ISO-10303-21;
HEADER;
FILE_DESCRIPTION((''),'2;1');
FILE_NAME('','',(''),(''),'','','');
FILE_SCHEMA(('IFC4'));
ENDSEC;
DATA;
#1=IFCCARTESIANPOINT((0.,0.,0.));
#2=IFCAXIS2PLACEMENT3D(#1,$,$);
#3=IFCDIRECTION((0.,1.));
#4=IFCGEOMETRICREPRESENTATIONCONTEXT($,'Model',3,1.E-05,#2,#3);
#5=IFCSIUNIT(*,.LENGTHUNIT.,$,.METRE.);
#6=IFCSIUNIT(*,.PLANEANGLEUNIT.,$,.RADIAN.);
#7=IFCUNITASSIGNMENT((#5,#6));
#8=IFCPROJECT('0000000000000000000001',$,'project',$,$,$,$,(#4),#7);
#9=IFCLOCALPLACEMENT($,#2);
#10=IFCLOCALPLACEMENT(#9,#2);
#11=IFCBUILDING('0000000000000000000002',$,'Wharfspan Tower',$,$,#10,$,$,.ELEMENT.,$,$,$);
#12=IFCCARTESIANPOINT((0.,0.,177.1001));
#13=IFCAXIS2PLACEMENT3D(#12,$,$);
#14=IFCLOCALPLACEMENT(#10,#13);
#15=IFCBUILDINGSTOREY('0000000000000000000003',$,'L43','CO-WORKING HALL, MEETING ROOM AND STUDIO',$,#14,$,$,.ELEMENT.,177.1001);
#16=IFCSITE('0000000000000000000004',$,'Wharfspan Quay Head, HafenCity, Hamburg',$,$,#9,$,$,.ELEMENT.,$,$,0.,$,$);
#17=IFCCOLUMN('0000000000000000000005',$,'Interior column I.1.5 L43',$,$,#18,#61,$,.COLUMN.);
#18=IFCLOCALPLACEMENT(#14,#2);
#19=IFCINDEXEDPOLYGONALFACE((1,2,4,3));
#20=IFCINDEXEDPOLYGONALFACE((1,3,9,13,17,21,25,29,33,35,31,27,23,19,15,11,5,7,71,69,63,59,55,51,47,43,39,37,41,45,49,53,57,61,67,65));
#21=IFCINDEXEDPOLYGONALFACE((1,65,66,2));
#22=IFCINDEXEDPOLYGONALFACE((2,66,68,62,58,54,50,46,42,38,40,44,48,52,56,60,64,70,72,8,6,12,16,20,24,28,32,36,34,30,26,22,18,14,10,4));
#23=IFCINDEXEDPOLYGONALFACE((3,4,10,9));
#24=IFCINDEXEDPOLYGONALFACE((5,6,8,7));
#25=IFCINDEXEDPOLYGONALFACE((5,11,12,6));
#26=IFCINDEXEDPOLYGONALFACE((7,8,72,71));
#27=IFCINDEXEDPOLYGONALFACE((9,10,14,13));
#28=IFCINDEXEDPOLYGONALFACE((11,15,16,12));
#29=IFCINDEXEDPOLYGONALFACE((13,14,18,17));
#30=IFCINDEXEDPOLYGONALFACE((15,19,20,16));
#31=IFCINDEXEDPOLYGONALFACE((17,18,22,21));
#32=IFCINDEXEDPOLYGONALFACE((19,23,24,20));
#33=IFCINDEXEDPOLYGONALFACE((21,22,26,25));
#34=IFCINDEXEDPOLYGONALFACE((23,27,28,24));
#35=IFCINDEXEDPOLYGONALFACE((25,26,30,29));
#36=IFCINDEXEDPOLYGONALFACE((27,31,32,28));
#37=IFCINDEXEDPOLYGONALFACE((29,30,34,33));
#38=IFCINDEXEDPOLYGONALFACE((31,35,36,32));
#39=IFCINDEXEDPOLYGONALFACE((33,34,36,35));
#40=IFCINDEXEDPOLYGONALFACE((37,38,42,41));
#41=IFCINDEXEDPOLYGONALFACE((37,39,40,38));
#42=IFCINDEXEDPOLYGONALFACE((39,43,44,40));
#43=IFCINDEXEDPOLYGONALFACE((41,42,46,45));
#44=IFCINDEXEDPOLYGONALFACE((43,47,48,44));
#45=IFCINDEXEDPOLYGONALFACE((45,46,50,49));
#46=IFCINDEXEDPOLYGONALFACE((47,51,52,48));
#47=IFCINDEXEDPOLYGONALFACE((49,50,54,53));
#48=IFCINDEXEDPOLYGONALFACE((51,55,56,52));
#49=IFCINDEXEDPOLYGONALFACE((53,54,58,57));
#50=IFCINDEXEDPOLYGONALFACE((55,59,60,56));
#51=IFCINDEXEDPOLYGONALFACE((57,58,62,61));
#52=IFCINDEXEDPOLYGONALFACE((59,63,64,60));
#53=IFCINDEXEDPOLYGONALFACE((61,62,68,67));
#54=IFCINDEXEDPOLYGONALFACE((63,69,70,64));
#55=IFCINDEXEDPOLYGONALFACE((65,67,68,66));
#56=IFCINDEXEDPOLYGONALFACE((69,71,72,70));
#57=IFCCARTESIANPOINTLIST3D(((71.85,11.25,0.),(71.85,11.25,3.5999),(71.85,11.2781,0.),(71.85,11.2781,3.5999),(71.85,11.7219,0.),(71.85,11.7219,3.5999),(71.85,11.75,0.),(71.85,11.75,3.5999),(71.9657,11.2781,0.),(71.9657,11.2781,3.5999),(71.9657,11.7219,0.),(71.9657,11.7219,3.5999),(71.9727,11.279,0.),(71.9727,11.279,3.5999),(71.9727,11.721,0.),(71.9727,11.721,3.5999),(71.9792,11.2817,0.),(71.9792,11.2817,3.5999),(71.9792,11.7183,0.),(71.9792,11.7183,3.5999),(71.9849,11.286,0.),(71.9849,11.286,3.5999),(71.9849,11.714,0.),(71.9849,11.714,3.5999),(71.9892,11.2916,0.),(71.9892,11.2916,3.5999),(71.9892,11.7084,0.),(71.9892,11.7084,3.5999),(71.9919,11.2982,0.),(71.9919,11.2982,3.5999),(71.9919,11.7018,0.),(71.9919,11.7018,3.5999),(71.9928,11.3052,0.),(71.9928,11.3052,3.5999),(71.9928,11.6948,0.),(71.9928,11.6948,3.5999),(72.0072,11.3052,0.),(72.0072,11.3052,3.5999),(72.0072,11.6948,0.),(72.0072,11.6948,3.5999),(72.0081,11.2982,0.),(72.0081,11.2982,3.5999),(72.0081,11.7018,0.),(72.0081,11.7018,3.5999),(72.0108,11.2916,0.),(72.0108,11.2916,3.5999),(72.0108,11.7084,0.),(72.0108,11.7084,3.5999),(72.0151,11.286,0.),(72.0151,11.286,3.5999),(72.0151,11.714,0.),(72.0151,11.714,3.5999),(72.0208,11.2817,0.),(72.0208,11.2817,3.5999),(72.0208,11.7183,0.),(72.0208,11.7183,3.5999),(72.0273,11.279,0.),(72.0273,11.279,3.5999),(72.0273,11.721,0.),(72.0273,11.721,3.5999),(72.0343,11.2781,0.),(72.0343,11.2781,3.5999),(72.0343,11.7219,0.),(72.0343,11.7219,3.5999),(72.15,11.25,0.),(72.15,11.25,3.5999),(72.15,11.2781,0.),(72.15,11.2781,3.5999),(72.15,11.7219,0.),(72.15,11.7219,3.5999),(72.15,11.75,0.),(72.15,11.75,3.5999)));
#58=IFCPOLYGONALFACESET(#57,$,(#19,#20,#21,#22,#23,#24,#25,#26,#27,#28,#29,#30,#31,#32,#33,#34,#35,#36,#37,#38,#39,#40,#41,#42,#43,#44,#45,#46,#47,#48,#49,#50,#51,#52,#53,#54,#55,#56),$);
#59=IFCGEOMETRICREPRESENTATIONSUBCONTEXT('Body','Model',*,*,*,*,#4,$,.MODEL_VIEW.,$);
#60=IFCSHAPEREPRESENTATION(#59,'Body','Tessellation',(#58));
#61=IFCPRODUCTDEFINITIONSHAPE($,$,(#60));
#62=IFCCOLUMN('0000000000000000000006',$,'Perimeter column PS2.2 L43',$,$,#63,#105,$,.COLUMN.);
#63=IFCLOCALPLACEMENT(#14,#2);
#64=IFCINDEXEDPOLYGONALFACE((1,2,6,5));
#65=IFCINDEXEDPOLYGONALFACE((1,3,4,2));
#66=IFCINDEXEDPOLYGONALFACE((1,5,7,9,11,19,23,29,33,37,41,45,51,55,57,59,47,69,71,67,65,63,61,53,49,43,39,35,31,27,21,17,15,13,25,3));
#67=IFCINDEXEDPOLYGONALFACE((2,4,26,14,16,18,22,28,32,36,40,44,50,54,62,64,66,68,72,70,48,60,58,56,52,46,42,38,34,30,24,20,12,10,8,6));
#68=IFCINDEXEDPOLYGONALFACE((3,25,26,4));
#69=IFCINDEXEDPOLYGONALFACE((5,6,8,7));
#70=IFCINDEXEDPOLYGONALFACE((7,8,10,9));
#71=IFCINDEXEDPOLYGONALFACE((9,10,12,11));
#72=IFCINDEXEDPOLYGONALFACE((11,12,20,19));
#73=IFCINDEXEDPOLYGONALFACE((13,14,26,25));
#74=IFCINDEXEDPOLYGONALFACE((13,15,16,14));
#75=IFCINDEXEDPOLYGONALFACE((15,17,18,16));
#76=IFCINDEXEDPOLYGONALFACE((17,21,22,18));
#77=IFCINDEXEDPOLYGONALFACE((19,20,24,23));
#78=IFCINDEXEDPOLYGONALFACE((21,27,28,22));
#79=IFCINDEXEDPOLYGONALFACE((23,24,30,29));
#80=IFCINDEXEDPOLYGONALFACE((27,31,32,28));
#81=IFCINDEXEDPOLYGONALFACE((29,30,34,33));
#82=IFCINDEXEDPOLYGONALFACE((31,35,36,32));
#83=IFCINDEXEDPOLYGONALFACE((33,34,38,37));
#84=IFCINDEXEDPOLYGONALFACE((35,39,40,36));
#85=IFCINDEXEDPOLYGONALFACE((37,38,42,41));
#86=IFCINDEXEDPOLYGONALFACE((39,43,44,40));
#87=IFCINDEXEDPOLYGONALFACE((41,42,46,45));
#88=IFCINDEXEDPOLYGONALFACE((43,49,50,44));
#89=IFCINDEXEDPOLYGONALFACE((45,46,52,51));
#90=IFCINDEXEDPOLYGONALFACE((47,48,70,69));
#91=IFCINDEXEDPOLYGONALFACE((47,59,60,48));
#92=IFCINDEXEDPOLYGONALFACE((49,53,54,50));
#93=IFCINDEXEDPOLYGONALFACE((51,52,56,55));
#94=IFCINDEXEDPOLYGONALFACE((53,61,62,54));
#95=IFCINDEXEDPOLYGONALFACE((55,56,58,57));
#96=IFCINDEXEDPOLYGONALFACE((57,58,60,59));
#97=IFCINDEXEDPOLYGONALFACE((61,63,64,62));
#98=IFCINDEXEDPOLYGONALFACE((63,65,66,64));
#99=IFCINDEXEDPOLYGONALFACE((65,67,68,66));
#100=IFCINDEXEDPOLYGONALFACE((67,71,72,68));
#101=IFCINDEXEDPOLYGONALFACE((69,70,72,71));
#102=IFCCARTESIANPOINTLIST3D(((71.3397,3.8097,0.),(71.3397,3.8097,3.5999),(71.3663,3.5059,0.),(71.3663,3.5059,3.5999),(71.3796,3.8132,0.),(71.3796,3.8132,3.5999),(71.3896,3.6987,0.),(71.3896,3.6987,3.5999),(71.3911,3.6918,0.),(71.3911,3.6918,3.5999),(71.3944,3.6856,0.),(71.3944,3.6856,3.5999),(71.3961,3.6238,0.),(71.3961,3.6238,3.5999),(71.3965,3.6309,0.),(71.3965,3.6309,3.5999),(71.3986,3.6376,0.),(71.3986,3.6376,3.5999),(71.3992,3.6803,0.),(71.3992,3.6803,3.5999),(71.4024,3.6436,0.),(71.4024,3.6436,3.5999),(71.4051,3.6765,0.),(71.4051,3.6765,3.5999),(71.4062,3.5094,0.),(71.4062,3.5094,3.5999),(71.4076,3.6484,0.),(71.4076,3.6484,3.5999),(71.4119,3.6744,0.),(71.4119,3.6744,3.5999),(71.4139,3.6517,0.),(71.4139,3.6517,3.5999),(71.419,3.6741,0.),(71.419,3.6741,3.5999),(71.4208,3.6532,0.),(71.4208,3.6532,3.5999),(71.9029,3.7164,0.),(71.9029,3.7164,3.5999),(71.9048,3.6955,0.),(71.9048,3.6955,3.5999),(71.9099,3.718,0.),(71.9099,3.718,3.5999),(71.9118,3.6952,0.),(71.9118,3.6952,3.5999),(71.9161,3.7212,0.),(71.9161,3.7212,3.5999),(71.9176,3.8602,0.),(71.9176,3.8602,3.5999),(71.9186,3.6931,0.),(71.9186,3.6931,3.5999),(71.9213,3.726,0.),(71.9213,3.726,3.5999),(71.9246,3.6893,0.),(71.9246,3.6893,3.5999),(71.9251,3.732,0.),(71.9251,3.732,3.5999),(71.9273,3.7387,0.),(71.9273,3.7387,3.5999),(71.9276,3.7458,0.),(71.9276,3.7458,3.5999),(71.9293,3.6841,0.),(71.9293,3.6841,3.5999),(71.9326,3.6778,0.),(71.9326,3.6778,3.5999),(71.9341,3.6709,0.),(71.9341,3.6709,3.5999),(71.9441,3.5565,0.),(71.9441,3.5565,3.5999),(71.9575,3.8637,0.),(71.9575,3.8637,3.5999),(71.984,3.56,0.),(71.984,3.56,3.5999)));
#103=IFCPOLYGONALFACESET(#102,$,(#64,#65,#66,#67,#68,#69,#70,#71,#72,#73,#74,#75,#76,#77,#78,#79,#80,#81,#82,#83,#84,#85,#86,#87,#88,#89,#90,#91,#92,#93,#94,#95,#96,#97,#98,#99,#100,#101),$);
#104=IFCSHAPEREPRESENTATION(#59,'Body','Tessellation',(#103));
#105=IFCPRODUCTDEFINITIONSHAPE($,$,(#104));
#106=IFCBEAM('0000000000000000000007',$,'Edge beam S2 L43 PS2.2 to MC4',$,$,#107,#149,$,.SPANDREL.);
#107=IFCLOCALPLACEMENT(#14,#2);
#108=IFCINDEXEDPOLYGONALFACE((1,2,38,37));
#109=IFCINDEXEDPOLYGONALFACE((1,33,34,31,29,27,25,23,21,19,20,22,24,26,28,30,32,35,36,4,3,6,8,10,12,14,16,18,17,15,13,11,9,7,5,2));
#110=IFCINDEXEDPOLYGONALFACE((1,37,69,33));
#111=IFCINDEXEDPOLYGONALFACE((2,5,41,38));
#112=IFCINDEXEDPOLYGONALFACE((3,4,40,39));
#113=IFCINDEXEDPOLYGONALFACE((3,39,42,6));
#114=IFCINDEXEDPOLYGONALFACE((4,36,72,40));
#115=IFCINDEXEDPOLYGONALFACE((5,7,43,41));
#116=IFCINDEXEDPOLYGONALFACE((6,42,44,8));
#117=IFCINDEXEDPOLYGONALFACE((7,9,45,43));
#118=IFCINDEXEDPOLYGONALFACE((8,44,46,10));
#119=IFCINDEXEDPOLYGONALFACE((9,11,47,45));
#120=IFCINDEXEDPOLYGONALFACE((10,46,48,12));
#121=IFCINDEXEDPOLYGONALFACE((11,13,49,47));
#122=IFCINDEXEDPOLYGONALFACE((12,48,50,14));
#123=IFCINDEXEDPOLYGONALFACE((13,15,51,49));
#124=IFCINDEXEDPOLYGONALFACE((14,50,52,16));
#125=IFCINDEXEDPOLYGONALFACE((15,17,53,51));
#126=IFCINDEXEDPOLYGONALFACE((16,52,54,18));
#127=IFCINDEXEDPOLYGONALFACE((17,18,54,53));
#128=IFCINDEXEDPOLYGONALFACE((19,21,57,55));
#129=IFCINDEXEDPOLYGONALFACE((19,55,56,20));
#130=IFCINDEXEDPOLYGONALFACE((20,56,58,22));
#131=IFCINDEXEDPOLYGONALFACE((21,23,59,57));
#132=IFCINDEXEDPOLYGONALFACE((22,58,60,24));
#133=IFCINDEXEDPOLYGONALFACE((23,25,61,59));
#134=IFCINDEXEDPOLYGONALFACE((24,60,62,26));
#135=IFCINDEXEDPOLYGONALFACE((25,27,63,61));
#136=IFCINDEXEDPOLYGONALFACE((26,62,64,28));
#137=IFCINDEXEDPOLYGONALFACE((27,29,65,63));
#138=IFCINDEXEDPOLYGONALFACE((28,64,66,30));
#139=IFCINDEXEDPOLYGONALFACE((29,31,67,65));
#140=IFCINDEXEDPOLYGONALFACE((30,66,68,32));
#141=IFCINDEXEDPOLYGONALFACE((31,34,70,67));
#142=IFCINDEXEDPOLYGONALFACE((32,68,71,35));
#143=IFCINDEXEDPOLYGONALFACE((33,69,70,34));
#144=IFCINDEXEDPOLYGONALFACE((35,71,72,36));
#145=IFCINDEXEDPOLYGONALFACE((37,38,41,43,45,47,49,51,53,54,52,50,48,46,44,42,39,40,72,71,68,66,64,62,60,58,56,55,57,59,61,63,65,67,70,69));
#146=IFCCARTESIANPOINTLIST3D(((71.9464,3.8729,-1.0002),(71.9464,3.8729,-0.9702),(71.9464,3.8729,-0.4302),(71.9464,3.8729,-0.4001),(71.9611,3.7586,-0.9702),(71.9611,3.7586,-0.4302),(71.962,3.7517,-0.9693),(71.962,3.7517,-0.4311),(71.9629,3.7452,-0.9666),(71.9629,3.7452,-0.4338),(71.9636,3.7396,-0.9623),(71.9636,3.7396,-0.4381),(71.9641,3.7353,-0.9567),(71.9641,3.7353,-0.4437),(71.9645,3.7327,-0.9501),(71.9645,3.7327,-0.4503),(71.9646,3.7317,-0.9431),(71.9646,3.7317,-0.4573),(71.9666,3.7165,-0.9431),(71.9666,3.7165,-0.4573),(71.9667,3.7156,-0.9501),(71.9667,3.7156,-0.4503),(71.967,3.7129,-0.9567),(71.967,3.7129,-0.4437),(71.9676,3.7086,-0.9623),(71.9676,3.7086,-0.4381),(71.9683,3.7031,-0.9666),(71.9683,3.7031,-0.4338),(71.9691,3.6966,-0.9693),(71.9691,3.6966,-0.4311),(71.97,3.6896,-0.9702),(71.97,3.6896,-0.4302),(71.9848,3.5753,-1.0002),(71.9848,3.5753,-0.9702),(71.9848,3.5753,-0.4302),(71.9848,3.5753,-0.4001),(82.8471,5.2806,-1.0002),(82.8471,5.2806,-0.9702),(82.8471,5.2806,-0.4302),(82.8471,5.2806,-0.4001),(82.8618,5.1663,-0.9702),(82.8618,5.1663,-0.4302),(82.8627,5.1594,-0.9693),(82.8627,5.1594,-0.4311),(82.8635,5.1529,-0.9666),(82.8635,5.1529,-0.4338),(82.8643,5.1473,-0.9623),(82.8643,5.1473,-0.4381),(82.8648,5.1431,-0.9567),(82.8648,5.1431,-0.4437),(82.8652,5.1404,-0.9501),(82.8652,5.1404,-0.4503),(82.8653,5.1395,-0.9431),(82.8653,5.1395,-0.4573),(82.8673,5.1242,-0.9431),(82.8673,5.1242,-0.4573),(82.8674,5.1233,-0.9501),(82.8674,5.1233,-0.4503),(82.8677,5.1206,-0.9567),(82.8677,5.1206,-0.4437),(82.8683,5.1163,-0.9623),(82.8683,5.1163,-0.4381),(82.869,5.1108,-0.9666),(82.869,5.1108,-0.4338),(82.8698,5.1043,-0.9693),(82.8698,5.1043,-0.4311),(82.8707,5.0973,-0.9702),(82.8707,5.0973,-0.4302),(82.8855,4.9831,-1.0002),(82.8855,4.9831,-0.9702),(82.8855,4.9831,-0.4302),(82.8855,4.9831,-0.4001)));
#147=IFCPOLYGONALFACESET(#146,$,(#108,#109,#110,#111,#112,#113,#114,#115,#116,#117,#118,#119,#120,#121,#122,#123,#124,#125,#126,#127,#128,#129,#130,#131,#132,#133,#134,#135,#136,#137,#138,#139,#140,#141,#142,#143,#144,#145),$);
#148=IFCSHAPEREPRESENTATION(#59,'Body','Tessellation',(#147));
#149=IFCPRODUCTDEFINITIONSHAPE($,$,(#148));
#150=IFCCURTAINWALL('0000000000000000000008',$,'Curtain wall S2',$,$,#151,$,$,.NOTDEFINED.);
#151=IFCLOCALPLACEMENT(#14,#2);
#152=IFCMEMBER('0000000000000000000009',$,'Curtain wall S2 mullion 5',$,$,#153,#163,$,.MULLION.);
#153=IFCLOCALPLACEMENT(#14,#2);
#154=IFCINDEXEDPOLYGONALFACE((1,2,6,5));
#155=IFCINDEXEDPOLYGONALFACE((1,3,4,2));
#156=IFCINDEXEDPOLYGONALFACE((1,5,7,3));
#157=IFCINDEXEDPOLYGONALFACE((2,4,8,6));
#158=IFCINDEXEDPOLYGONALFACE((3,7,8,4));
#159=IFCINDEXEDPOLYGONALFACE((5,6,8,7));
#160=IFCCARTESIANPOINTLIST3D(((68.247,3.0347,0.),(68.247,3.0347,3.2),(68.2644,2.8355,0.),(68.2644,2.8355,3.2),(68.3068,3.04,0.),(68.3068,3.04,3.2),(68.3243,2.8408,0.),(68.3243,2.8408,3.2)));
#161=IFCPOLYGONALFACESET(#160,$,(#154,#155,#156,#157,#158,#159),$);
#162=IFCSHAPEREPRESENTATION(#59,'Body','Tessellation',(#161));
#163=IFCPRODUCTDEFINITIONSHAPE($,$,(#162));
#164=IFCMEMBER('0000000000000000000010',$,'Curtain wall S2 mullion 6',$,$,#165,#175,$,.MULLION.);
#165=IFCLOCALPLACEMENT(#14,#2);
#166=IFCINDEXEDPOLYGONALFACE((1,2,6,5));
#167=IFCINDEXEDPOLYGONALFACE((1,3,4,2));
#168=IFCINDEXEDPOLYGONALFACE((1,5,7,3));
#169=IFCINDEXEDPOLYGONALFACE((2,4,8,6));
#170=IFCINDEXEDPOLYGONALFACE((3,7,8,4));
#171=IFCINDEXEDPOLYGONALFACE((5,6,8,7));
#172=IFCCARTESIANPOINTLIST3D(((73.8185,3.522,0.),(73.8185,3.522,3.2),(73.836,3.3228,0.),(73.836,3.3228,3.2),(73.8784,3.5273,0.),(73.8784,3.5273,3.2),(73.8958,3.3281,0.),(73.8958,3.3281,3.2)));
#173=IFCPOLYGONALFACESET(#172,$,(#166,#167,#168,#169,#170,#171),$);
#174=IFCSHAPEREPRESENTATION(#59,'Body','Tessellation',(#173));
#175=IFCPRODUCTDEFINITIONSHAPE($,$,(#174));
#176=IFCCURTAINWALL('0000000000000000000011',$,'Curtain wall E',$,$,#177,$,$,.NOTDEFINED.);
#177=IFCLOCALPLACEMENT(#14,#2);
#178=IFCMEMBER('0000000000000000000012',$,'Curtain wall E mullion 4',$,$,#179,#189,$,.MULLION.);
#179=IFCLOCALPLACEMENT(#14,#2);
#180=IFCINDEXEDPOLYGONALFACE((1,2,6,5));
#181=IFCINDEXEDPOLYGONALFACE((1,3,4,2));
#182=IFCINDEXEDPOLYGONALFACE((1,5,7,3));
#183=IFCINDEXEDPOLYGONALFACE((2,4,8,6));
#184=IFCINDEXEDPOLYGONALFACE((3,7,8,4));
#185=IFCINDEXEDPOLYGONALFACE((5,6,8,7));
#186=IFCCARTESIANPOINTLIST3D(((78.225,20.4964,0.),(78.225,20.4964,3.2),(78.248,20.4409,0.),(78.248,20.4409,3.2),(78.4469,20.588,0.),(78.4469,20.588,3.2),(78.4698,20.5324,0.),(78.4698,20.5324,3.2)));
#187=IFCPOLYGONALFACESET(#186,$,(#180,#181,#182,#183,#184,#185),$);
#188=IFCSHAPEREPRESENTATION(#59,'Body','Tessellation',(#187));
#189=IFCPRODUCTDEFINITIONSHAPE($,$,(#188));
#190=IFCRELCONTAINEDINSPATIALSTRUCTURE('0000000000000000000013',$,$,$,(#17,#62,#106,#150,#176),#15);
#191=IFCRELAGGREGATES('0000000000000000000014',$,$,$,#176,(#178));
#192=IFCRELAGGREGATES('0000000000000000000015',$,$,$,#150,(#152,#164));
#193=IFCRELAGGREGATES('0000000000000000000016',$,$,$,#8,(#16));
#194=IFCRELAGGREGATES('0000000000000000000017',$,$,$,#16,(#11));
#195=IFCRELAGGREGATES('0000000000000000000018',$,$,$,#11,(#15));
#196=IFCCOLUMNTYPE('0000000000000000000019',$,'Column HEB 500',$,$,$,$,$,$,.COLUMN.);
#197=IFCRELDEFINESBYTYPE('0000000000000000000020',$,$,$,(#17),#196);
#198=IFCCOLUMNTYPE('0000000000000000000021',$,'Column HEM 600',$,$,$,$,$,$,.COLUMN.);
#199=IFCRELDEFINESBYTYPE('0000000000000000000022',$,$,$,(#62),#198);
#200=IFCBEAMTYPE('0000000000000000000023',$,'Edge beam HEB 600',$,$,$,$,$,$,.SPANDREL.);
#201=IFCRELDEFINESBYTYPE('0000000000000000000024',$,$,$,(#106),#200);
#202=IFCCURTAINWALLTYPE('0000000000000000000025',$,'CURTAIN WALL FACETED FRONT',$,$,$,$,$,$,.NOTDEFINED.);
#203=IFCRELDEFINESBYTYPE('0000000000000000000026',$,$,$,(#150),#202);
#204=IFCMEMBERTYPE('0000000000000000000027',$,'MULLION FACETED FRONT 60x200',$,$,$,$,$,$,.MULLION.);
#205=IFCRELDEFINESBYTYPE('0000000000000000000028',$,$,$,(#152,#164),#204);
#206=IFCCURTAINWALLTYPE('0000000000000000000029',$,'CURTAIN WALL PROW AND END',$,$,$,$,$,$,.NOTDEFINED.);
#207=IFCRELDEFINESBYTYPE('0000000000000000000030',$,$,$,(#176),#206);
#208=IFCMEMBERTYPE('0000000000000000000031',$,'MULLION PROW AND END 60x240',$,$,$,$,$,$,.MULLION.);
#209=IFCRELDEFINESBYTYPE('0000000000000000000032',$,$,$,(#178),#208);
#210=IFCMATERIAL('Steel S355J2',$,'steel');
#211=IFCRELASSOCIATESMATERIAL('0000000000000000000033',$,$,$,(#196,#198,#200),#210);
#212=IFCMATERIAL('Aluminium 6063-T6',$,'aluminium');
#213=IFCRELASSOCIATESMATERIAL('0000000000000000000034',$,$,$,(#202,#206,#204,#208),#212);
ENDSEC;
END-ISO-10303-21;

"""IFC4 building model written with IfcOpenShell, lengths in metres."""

from ifc_helpers import new_model, si_unit, direction, frame, origin, origin_2d, place, context, subcontext, project, spatial, rectangle, i_section, extrude, material, material_profile, profile_set, type_object, element, aggregate, save


model = new_model("IFC4")

# Units and contexts
model_context = context("Model", 3, precision=1e-05, world=origin(), true_north=direction((0.0, 1.0)))
body_context = subcontext(model_context, "Body", "Model", "MODEL_VIEW")
ifc_project = project(units=[si_unit("LENGTHUNIT", "METRE"), si_unit("PLANEANGLEUNIT", "RADIAN")], contexts=[model_context])

# Site, building, storey
site_placement = place(None, origin())
site = spatial("IfcSite", under=ifc_project, at=site_placement, Name="Wharfspan Quay Head, HafenCity, Hamburg", CompositionType="ELEMENT", RefElevation=0.0)
building_placement = place(site_placement, origin())
building = spatial("IfcBuilding", under=site, at=building_placement, Name="Wharfspan Tower", CompositionType="ELEMENT")
storey_placement = place(building_placement, frame((0.0, 0.0, 177.1001)))
storey = spatial("IfcBuildingStorey", under=building, at=storey_placement, Name="L43", Description="CO-WORKING HALL, MEETING ROOM AND STUDIO", CompositionType="ELEMENT", Elevation=177.1001)

# Columns
ifc_material_1 = material(Name="Steel S355J2", Category="steel")
ifc_material_profile_1 = material_profile(ifc_material_1, i_section(OverallWidth=0.3, OverallDepth=0.5, WebThickness=0.0144, FlangeThickness=0.0281, FilletRadius=0.0271, at=origin_2d()))
ifc_profile_set_1 = profile_set([ifc_material_profile_1], Name="Steel S355J2")
column_type_1 = type_object("IfcColumnType", Name="Column HEB 500", PredefinedType="COLUMN", material=ifc_profile_set_1)
column_1_placement = place(storey_placement, frame((72.0, 11.5, 0.0), z_axis=(0.0, 0.0, 1.0), x_axis=(1.0, 0.0, 0.0)))
element("IfcColumn", 1, at=column_1_placement, inside=storey, type_object=column_type_1, Name="Interior column I.1.5 L43", PredefinedType="COLUMN", context=body_context, shape_type="SweptSolid", body=[
    extrude(i_section(OverallWidth=0.3, OverallDepth=0.5, WebThickness=0.0144, FlangeThickness=0.0281, FilletRadius=0.0271, at=origin_2d()), origin(), (0.0, 0.0, 1.0), 3.5999),
])
ifc_material_profile_2 = material_profile(ifc_material_1, i_section(OverallWidth=0.3049, OverallDepth=0.6201, WebThickness=0.021, FlangeThickness=0.04, FilletRadius=0.0271, at=origin_2d()))
ifc_profile_set_2 = profile_set([ifc_material_profile_2], Name="Steel S355J2")
column_type_2 = type_object("IfcColumnType", Name="Column HEM 600", PredefinedType="COLUMN", material=ifc_profile_set_2)
column_2_placement = place(storey_placement, frame((71.6619, 3.6848, 0.0), z_axis=(0.0, 0.0, 1.0), x_axis=(0.087156, -0.996198, 0.0)))
element("IfcColumn", 2, at=column_2_placement, inside=storey, type_object=column_type_2, Name="Perimeter column PS2.2 L43", PredefinedType="COLUMN", context=body_context, shape_type="SweptSolid", body=[
    extrude(i_section(OverallWidth=0.3049, OverallDepth=0.6201, WebThickness=0.021, FlangeThickness=0.04, FilletRadius=0.0271, at=origin_2d()), origin(), (0.0, 0.0, 1.0), 3.5999),
])

# Beam
ifc_material_profile_3 = material_profile(ifc_material_1, i_section(OverallWidth=0.3, OverallDepth=0.6001, WebThickness=0.0154, FlangeThickness=0.03, FilletRadius=0.0271, at=origin_2d()))
ifc_profile_set_3 = profile_set([ifc_material_profile_3], Name="Steel S355J2")
beam_type = type_object("IfcBeamType", Name="Edge beam HEB 600", PredefinedType="SPANDREL", material=ifc_profile_set_3)
beam_placement = place(storey_placement, frame((71.9656, 3.7241, -0.7002), z_axis=(0.991764, 0.128077, 0.0), x_axis=(-0.128077, 0.991764, 0.0)))
element("IfcBeam", 3, at=beam_placement, inside=storey, type_object=beam_type, Name="Edge beam S2 L43 PS2.2 to MC4", PredefinedType="SPANDREL", context=body_context, shape_type="SweptSolid", body=[
    extrude(i_section(OverallWidth=0.3, OverallDepth=0.6001, WebThickness=0.0154, FlangeThickness=0.03, FilletRadius=0.0271, at=origin_2d()), origin(), (0.0, 0.0, 1.0), 10.9912),
])

# Curtain wall, members
ifc_material_2 = material(Name="Aluminium 6063-T6", Category="aluminium")
curtain_wall_type_1 = type_object("IfcCurtainWallType", Name="CURTAIN WALL FACETED FRONT", PredefinedType="NOTDEFINED", material=ifc_material_2)
curtain_wall_1_placement = place(storey_placement, origin())
curtain_wall_1 = element("IfcCurtainWall", 4, at=curtain_wall_1_placement, inside=storey, type_object=curtain_wall_type_1, Name="Curtain wall S2", PredefinedType="NOTDEFINED")
ifc_material_profile_4 = material_profile(ifc_material_2, rectangle(XDim=0.2, YDim=0.0601, at=origin_2d()))
ifc_profile_set_4 = profile_set([ifc_material_profile_4], Name="Aluminium 6063-T6")
member_type_1 = type_object("IfcMemberType", Name="MULLION FACETED FRONT 60x200", PredefinedType="MULLION", material=ifc_profile_set_4)
member_1_placement = place(storey_placement, frame((68.2856, 2.9377, 0.0), z_axis=(0.0, 0.0, 1.0), x_axis=(-0.087156, 0.996198, 0.0)))
member_1 = element("IfcMember", 5, at=member_1_placement, type_object=member_type_1, Name="Curtain wall S2 mullion 5", PredefinedType="MULLION", context=body_context, shape_type="SweptSolid", body=[
    extrude(rectangle(XDim=0.2, YDim=0.0601, at=origin_2d()), origin(), (0.0, 0.0, 1.0), 3.2),
])
member_2_placement = place(storey_placement, frame((73.8572, 3.425, 0.0), z_axis=(0.0, 0.0, 1.0), x_axis=(-0.087156, 0.996198, 0.0)))
member_2 = element("IfcMember", 6, at=member_2_placement, type_object=member_type_1, Name="Curtain wall S2 mullion 6", PredefinedType="MULLION", context=body_context, shape_type="SweptSolid", body=[
    extrude(rectangle(XDim=0.2, YDim=0.0601, at=origin_2d()), origin(), (0.0, 0.0, 1.0), 3.2),
])

# Curtain wall, member
curtain_wall_type_2 = type_object("IfcCurtainWallType", Name="CURTAIN WALL PROW AND END", PredefinedType="NOTDEFINED", material=ifc_material_2)
curtain_wall_2_placement = place(storey_placement, origin())
curtain_wall_2 = element("IfcCurtainWall", 7, at=curtain_wall_2_placement, inside=storey, type_object=curtain_wall_type_2, Name="Curtain wall E", PredefinedType="NOTDEFINED")
ifc_material_profile_5 = material_profile(ifc_material_2, rectangle(XDim=0.24, YDim=0.0601, at=origin_2d()))
ifc_profile_set_5 = profile_set([ifc_material_profile_5], Name="Aluminium 6063-T6")
member_type_2 = type_object("IfcMemberType", Name="MULLION PROW AND END 60x240", PredefinedType="MULLION", material=ifc_profile_set_5)
member_3_placement = place(storey_placement, frame((78.3474, 20.5144, 0.0), z_axis=(0.0, 0.0, 1.0), x_axis=(-0.924325, -0.381602, 0.0)))
member_3 = element("IfcMember", 8, at=member_3_placement, type_object=member_type_2, Name="Curtain wall E mullion 4", PredefinedType="MULLION", context=body_context, shape_type="SweptSolid", body=[
    extrude(rectangle(XDim=0.24, YDim=0.0601, at=origin_2d()), origin(), (0.0, 0.0, 1.0), 3.2),
])

aggregate(curtain_wall_2, [member_3])

aggregate(curtain_wall_1, [member_1, member_2])

save(model, "model.ifc")
